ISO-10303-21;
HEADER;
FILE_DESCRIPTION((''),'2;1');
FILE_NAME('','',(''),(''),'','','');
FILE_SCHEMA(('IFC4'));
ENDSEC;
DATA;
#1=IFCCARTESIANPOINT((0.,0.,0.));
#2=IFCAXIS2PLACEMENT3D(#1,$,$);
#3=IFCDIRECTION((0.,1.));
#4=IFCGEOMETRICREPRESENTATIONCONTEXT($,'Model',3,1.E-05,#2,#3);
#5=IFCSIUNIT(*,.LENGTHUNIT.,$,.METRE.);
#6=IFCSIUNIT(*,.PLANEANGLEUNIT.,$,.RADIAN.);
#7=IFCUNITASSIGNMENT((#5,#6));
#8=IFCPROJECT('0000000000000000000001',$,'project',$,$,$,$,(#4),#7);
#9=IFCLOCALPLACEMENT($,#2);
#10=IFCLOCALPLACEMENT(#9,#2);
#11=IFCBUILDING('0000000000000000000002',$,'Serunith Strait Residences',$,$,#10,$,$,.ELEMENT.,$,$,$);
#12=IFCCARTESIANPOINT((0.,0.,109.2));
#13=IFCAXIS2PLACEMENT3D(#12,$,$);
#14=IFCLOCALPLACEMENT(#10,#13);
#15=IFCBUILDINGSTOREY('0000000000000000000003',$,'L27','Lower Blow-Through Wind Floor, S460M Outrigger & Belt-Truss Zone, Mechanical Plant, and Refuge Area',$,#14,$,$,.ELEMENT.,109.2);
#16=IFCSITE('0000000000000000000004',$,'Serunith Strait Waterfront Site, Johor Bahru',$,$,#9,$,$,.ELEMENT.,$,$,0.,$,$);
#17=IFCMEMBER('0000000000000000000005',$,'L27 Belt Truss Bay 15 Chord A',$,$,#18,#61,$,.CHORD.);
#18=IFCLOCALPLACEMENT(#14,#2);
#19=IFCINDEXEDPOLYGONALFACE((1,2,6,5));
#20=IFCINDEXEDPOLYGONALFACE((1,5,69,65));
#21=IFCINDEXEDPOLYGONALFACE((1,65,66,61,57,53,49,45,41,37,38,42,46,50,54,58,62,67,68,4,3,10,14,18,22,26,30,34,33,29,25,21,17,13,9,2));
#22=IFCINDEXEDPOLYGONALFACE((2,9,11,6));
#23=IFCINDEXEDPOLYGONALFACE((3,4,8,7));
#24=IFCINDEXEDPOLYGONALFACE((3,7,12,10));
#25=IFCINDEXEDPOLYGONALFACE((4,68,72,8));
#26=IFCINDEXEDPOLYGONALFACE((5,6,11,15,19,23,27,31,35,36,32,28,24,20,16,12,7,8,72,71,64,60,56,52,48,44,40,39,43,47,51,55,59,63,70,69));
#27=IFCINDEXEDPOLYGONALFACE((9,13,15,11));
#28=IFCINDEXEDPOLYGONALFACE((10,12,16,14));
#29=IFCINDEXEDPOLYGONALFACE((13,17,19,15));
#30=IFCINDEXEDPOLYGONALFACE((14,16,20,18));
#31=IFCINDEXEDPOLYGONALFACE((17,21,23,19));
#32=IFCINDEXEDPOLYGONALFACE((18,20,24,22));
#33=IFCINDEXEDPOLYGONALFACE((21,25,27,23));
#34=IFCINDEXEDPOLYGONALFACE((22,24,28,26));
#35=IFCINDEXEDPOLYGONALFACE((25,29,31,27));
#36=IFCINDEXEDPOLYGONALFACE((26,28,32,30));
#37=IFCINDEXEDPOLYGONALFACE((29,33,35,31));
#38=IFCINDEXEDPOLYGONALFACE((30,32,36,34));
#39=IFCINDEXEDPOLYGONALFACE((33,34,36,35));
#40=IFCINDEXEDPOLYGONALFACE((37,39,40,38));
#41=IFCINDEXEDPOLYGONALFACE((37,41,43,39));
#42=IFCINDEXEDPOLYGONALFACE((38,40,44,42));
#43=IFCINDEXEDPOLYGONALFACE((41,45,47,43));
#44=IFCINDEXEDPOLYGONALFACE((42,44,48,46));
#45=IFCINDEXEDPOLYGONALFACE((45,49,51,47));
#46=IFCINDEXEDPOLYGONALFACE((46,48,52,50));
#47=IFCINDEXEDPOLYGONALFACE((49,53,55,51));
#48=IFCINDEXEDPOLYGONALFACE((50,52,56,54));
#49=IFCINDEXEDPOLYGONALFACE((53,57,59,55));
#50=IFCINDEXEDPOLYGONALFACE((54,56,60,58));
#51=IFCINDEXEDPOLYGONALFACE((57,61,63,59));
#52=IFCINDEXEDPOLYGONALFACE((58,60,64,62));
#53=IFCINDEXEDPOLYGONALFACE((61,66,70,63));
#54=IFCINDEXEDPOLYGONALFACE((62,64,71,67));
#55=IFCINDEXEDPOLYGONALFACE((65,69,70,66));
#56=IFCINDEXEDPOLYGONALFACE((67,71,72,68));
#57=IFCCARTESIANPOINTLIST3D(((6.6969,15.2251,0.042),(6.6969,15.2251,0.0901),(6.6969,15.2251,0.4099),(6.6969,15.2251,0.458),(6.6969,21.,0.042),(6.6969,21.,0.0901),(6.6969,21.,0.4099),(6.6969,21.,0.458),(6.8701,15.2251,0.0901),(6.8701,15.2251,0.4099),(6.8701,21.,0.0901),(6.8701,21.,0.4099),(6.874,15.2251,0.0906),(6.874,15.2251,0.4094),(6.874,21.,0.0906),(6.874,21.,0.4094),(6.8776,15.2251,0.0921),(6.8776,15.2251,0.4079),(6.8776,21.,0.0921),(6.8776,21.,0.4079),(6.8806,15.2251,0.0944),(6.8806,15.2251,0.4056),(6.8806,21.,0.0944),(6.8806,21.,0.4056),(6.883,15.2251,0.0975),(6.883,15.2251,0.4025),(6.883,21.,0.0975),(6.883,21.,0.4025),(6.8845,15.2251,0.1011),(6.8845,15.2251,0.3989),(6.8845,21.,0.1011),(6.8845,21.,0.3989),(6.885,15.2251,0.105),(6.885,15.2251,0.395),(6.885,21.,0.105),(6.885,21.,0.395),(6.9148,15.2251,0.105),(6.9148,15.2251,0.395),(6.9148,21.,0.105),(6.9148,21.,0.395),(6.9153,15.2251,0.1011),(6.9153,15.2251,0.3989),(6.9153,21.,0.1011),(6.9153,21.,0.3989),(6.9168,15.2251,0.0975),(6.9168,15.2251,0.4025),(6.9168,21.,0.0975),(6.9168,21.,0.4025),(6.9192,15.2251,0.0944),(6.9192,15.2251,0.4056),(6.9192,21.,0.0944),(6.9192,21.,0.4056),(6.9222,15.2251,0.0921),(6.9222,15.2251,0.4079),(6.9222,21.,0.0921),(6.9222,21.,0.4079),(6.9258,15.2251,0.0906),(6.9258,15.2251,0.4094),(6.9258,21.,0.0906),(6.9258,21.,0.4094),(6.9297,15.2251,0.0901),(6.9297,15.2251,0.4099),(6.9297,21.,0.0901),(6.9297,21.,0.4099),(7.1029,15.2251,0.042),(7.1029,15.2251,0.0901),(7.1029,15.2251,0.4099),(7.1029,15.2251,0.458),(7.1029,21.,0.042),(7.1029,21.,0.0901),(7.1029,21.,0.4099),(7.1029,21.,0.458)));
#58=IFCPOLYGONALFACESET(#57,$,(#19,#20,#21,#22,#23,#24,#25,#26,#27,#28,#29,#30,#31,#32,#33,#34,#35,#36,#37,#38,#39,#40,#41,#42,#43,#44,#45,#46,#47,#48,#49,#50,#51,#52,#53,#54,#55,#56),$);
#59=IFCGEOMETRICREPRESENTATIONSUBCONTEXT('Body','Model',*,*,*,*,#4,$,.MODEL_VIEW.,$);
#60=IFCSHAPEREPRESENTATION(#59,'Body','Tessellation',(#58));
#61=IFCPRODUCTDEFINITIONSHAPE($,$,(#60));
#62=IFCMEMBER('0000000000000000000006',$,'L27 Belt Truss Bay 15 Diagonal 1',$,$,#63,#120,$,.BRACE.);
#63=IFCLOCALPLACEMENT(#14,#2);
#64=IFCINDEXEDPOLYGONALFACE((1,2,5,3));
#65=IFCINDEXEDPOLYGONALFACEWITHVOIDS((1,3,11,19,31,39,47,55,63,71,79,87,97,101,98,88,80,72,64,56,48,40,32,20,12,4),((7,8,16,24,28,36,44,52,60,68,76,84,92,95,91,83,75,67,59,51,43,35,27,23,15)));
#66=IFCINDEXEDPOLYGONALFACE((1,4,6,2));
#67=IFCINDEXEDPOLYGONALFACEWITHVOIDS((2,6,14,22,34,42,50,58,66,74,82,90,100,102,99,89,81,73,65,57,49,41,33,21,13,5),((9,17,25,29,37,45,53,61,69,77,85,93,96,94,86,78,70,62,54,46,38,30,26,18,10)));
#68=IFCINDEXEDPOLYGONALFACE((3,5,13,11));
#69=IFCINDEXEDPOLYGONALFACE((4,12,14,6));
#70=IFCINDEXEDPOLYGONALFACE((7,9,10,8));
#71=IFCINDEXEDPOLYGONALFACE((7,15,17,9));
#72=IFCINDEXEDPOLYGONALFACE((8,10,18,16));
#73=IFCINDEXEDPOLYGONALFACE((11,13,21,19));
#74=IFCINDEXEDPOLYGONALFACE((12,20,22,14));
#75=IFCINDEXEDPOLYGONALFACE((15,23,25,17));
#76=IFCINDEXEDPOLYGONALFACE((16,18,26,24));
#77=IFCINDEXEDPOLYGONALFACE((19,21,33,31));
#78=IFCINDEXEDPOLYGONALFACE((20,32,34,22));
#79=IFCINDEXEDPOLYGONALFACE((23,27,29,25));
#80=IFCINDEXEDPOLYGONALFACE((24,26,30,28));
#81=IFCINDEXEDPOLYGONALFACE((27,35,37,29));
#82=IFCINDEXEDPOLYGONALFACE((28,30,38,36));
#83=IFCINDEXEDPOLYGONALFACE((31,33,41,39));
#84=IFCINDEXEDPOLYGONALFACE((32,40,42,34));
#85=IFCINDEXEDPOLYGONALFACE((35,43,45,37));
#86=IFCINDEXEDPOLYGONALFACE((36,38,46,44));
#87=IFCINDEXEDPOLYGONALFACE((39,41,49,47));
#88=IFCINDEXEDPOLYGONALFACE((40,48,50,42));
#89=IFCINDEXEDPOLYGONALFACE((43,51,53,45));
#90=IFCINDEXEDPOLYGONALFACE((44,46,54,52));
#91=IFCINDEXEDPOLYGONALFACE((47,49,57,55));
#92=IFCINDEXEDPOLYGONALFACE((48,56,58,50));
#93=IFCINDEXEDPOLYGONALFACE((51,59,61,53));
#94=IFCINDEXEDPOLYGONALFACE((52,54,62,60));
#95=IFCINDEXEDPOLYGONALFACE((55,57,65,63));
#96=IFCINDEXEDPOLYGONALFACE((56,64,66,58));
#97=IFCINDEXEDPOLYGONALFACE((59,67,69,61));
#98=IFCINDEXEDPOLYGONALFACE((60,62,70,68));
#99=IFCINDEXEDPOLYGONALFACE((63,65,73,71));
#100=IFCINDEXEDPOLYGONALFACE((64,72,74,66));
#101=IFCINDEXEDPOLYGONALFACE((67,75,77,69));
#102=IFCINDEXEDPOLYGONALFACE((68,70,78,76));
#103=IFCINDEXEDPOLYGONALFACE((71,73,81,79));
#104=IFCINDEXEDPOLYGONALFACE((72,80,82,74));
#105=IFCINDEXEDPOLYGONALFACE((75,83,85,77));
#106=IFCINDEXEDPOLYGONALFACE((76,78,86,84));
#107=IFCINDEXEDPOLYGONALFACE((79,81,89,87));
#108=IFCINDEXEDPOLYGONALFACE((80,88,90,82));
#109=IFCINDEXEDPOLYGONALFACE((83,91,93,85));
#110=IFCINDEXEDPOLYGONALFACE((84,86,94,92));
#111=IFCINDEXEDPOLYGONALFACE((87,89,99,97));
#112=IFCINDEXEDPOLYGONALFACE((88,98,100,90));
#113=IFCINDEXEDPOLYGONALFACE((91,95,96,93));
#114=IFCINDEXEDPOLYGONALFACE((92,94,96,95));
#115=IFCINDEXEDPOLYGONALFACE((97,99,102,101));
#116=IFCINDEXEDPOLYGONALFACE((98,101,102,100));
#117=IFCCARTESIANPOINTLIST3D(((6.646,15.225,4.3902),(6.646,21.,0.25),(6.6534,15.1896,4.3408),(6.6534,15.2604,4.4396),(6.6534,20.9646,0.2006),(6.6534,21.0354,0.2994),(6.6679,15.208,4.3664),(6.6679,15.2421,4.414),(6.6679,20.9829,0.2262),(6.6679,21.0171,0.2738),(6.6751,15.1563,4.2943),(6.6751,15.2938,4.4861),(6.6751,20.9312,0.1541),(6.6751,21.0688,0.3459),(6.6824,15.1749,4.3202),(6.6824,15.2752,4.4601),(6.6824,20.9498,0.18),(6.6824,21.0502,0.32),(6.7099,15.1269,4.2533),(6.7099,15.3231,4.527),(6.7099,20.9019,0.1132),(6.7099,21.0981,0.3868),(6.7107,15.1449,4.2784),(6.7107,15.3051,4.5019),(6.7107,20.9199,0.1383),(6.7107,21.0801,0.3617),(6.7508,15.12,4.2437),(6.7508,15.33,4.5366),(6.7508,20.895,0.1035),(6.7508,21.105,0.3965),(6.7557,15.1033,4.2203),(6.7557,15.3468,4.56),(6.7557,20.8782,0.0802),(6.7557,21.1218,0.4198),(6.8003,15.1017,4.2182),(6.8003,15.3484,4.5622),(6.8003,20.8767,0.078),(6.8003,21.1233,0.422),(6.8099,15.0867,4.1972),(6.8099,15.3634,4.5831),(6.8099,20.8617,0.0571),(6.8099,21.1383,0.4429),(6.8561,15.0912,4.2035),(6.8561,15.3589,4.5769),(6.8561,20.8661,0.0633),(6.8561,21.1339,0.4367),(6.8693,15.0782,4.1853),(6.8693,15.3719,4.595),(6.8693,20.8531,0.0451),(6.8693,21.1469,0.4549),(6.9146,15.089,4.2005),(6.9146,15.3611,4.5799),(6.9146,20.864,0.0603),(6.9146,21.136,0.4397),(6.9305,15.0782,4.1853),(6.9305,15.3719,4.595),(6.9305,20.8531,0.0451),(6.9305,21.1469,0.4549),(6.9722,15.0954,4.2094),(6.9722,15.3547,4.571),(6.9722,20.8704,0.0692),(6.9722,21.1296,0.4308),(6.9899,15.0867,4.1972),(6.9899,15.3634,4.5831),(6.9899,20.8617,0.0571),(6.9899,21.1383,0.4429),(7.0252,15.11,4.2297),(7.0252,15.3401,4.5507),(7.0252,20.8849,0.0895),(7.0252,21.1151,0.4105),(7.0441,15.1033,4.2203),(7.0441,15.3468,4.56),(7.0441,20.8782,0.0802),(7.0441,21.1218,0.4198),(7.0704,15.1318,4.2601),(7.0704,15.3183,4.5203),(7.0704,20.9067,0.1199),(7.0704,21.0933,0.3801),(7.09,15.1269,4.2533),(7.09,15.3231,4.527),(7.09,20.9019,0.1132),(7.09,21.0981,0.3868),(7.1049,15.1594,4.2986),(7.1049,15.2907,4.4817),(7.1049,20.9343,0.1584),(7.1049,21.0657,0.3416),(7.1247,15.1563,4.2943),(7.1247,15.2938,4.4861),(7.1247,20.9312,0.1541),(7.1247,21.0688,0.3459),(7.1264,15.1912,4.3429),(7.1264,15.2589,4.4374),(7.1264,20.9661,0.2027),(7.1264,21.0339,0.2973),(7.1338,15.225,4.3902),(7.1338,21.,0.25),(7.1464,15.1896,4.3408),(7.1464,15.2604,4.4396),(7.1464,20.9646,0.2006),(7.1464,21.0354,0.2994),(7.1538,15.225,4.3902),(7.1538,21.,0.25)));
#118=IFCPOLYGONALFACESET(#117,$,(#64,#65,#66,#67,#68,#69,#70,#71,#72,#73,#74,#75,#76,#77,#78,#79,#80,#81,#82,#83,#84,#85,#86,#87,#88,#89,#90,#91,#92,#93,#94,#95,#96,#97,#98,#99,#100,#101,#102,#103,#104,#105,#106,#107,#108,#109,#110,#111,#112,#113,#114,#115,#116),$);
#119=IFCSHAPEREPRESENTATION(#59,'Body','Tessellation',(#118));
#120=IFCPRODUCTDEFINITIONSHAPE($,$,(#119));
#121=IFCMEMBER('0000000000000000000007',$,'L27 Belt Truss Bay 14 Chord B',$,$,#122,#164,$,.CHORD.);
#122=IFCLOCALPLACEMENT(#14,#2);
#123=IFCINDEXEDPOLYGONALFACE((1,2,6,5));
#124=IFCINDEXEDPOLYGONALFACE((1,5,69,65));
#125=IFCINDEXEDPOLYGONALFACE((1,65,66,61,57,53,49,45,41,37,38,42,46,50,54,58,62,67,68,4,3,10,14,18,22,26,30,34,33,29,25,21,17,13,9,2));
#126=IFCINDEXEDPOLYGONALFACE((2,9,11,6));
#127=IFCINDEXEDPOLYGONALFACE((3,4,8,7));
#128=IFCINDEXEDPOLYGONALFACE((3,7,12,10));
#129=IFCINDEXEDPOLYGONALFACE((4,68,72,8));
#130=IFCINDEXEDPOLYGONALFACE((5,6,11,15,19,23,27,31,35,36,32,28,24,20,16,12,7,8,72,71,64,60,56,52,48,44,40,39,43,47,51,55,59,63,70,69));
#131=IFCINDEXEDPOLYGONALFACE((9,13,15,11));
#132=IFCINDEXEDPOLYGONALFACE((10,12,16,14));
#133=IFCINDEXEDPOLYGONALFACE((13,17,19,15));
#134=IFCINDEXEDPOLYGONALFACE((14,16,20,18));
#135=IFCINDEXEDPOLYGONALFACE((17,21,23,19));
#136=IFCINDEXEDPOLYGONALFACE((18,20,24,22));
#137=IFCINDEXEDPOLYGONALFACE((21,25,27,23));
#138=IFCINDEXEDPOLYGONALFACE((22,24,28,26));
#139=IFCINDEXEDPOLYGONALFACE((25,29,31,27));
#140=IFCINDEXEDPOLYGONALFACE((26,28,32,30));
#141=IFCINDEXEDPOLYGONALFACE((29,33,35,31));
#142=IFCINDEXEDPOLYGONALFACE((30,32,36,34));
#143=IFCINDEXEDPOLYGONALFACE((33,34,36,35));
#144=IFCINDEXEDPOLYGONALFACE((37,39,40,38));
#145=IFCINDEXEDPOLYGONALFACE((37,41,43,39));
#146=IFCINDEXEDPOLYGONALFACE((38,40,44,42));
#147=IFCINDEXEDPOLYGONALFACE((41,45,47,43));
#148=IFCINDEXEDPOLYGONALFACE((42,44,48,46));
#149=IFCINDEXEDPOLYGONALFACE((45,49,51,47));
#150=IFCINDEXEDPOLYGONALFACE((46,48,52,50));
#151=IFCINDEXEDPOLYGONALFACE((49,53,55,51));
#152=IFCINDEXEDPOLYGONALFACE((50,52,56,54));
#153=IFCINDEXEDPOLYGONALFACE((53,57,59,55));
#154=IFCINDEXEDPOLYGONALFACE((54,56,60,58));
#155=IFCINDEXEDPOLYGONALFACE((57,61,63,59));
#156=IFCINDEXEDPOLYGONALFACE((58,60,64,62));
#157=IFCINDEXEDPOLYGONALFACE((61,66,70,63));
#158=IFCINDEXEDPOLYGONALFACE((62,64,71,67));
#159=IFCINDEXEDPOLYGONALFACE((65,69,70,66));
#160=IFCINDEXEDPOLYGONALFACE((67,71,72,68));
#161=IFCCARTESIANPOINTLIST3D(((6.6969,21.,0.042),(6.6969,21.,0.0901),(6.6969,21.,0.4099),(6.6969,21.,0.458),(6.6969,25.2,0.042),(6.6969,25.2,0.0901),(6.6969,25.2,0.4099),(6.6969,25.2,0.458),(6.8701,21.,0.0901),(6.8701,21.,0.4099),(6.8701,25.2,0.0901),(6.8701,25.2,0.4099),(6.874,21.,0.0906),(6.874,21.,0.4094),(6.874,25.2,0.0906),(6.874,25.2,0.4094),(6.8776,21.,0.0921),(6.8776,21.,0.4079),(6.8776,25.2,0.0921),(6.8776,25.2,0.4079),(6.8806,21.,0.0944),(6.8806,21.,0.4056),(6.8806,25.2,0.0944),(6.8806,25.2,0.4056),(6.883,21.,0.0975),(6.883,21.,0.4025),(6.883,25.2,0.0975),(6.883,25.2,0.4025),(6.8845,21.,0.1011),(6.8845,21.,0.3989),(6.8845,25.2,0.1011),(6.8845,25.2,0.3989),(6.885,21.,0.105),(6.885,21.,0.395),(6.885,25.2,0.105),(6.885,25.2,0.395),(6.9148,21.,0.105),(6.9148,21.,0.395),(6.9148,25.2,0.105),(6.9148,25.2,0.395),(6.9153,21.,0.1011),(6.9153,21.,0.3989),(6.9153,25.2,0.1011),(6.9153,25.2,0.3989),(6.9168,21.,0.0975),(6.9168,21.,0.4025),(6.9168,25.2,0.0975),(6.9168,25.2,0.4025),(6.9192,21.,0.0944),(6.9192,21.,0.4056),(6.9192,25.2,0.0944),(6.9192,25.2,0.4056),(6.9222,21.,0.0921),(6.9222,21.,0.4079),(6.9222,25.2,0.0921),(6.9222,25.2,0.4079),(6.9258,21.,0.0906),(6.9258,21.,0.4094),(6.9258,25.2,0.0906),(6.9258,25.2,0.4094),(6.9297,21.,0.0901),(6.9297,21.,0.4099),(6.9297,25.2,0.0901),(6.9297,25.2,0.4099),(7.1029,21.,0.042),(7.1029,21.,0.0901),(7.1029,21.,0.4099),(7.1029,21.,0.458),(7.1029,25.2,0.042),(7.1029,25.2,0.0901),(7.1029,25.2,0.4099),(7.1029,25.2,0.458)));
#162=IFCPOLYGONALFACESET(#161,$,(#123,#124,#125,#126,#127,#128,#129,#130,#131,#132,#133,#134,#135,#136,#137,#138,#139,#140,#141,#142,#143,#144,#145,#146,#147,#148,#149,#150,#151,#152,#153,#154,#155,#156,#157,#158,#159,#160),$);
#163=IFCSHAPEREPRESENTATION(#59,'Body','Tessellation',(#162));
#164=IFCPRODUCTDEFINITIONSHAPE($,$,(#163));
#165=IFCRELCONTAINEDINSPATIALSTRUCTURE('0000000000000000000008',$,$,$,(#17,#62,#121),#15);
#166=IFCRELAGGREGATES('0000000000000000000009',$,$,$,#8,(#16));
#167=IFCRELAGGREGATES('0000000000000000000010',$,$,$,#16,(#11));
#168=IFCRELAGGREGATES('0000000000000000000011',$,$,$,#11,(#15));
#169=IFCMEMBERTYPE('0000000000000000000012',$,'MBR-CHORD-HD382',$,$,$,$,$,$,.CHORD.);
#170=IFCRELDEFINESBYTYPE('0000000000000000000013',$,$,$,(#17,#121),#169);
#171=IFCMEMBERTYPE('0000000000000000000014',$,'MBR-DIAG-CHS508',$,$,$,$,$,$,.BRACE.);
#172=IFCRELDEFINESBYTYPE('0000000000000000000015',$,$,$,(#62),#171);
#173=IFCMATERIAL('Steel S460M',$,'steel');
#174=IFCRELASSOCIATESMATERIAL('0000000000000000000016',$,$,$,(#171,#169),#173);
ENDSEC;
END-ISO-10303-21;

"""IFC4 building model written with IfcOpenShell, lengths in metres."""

from ifc_helpers import new_model, si_unit, direction, frame, origin, origin_2d, place, context, subcontext, project, spatial, hollow_circle, i_section, extrude, source, transform, mapped, material, material_profile, profile_set, type_object, element, save


model = new_model("IFC4")

# Units and contexts
model_context = context("Model", 3, precision=1e-05, world=origin(), true_north=direction((0.0, 1.0)))
body_context = subcontext(model_context, "Body", "Model", "MODEL_VIEW")
ifc_project = project(units=[si_unit("LENGTHUNIT", "METRE"), si_unit("PLANEANGLEUNIT", "RADIAN")], contexts=[model_context])

# Site, building, storey
site_placement = place(None, origin())
site = spatial("IfcSite", under=ifc_project, at=site_placement, Name="Serunith Strait Waterfront Site, Johor Bahru", CompositionType="ELEMENT", RefElevation=0.0)
building_placement = place(site_placement, origin())
building = spatial("IfcBuilding", under=site, at=building_placement, Name="Serunith Strait Residences", CompositionType="ELEMENT")
storey_placement = place(building_placement, frame((0.0, 0.0, 109.2)))
storey = spatial("IfcBuildingStorey", under=building, at=storey_placement, Name="L27", Description="Lower Blow-Through Wind Floor, S460M Outrigger & Belt-Truss Zone, Mechanical Plant, and Refuge Area", CompositionType="ELEMENT", Elevation=109.2)

# Members
ifc_material_1 = material(Name="Steel S460M", Category="steel")
ifc_material_profile_1 = material_profile(ifc_material_1, hollow_circle(Radius=0.2539, WallThickness=0.02, at=origin_2d()), Name="CHS 508x20")
ifc_profile_set_1 = profile_set([ifc_material_profile_1], Name="Steel S460M")
member_type_1 = type_object("IfcMemberType", Name="MBR-DIAG-CHS508", PredefinedType="BRACE", material=ifc_profile_set_1)
ifc_material_profile_2 = material_profile(ifc_material_1, i_section(OverallWidth=0.406, OverallDepth=0.416, WebThickness=0.0298, FlangeThickness=0.0481, FilletRadius=0.0149, at=origin_2d()), Name="HD 400x382")
ifc_profile_set_2 = profile_set([ifc_material_profile_2], Name="Steel S460M")
member_type_2 = type_object("IfcMemberType", Name="MBR-CHORD-HD382", PredefinedType="CHORD", material=ifc_profile_set_2)
shared_shape_1 = source(origin(), body_context, "Body", "SweptSolid", [
    extrude(i_section(OverallWidth=0.406, OverallDepth=0.416, WebThickness=0.0298, FlangeThickness=0.0481, FilletRadius=0.0149, at=origin_2d()), origin(), (0.0, 0.0, 1.0), 5.7749),
])
member_1_placement = place(storey_placement, frame((6.8999, 21.0, 0.25), z_axis=(0.0, -1.0, 0.0), x_axis=(1.0, 0.0, 0.0)))
element("IfcMember", 1, at=member_1_placement, inside=storey, type_object=member_type_2, Name="L27 Belt Truss Bay 15 Chord A", PredefinedType="CHORD", context=body_context, shape_type="MappedRepresentation", body=[
    mapped(shared_shape_1, transform((0.0, 0.0, 0.0), scale=1.0)),
])
shared_shape_2 = source(origin(), body_context, "Body", "SweptSolid", [
    extrude(hollow_circle(Radius=0.2539, WallThickness=0.02, at=origin_2d()), origin(), (0.0, 0.0, 1.0), 7.1057),
])
member_2_placement = place(storey_placement, frame((6.8999, 21.0, 0.25), z_axis=(0.0, -0.81272, 0.582654), x_axis=(1.0, 0.0, 0.0)))
element("IfcMember", 2, at=member_2_placement, inside=storey, type_object=member_type_1, Name="L27 Belt Truss Bay 15 Diagonal 1", PredefinedType="BRACE", context=body_context, shape_type="MappedRepresentation", body=[
    mapped(shared_shape_2, transform((0.0, 0.0, 0.0), scale=1.0)),
])
shared_shape_3 = source(origin(), body_context, "Body", "SweptSolid", [
    extrude(i_section(OverallWidth=0.406, OverallDepth=0.416, WebThickness=0.0298, FlangeThickness=0.0481, FilletRadius=0.0149, at=origin_2d()), origin(), (0.0, 0.0, 1.0), 4.2),
])
member_3_placement = place(storey_placement, frame((6.8999, 25.2, 0.25), z_axis=(0.0, -1.0, 0.0), x_axis=(1.0, 0.0, 0.0)))
element("IfcMember", 3, at=member_3_placement, inside=storey, type_object=member_type_2, Name="L27 Belt Truss Bay 14 Chord B", PredefinedType="CHORD", context=body_context, shape_type="MappedRepresentation", body=[
    mapped(shared_shape_3, transform((0.0, 0.0, 0.0), scale=1.0)),
])

save(model, "model.ifc")
